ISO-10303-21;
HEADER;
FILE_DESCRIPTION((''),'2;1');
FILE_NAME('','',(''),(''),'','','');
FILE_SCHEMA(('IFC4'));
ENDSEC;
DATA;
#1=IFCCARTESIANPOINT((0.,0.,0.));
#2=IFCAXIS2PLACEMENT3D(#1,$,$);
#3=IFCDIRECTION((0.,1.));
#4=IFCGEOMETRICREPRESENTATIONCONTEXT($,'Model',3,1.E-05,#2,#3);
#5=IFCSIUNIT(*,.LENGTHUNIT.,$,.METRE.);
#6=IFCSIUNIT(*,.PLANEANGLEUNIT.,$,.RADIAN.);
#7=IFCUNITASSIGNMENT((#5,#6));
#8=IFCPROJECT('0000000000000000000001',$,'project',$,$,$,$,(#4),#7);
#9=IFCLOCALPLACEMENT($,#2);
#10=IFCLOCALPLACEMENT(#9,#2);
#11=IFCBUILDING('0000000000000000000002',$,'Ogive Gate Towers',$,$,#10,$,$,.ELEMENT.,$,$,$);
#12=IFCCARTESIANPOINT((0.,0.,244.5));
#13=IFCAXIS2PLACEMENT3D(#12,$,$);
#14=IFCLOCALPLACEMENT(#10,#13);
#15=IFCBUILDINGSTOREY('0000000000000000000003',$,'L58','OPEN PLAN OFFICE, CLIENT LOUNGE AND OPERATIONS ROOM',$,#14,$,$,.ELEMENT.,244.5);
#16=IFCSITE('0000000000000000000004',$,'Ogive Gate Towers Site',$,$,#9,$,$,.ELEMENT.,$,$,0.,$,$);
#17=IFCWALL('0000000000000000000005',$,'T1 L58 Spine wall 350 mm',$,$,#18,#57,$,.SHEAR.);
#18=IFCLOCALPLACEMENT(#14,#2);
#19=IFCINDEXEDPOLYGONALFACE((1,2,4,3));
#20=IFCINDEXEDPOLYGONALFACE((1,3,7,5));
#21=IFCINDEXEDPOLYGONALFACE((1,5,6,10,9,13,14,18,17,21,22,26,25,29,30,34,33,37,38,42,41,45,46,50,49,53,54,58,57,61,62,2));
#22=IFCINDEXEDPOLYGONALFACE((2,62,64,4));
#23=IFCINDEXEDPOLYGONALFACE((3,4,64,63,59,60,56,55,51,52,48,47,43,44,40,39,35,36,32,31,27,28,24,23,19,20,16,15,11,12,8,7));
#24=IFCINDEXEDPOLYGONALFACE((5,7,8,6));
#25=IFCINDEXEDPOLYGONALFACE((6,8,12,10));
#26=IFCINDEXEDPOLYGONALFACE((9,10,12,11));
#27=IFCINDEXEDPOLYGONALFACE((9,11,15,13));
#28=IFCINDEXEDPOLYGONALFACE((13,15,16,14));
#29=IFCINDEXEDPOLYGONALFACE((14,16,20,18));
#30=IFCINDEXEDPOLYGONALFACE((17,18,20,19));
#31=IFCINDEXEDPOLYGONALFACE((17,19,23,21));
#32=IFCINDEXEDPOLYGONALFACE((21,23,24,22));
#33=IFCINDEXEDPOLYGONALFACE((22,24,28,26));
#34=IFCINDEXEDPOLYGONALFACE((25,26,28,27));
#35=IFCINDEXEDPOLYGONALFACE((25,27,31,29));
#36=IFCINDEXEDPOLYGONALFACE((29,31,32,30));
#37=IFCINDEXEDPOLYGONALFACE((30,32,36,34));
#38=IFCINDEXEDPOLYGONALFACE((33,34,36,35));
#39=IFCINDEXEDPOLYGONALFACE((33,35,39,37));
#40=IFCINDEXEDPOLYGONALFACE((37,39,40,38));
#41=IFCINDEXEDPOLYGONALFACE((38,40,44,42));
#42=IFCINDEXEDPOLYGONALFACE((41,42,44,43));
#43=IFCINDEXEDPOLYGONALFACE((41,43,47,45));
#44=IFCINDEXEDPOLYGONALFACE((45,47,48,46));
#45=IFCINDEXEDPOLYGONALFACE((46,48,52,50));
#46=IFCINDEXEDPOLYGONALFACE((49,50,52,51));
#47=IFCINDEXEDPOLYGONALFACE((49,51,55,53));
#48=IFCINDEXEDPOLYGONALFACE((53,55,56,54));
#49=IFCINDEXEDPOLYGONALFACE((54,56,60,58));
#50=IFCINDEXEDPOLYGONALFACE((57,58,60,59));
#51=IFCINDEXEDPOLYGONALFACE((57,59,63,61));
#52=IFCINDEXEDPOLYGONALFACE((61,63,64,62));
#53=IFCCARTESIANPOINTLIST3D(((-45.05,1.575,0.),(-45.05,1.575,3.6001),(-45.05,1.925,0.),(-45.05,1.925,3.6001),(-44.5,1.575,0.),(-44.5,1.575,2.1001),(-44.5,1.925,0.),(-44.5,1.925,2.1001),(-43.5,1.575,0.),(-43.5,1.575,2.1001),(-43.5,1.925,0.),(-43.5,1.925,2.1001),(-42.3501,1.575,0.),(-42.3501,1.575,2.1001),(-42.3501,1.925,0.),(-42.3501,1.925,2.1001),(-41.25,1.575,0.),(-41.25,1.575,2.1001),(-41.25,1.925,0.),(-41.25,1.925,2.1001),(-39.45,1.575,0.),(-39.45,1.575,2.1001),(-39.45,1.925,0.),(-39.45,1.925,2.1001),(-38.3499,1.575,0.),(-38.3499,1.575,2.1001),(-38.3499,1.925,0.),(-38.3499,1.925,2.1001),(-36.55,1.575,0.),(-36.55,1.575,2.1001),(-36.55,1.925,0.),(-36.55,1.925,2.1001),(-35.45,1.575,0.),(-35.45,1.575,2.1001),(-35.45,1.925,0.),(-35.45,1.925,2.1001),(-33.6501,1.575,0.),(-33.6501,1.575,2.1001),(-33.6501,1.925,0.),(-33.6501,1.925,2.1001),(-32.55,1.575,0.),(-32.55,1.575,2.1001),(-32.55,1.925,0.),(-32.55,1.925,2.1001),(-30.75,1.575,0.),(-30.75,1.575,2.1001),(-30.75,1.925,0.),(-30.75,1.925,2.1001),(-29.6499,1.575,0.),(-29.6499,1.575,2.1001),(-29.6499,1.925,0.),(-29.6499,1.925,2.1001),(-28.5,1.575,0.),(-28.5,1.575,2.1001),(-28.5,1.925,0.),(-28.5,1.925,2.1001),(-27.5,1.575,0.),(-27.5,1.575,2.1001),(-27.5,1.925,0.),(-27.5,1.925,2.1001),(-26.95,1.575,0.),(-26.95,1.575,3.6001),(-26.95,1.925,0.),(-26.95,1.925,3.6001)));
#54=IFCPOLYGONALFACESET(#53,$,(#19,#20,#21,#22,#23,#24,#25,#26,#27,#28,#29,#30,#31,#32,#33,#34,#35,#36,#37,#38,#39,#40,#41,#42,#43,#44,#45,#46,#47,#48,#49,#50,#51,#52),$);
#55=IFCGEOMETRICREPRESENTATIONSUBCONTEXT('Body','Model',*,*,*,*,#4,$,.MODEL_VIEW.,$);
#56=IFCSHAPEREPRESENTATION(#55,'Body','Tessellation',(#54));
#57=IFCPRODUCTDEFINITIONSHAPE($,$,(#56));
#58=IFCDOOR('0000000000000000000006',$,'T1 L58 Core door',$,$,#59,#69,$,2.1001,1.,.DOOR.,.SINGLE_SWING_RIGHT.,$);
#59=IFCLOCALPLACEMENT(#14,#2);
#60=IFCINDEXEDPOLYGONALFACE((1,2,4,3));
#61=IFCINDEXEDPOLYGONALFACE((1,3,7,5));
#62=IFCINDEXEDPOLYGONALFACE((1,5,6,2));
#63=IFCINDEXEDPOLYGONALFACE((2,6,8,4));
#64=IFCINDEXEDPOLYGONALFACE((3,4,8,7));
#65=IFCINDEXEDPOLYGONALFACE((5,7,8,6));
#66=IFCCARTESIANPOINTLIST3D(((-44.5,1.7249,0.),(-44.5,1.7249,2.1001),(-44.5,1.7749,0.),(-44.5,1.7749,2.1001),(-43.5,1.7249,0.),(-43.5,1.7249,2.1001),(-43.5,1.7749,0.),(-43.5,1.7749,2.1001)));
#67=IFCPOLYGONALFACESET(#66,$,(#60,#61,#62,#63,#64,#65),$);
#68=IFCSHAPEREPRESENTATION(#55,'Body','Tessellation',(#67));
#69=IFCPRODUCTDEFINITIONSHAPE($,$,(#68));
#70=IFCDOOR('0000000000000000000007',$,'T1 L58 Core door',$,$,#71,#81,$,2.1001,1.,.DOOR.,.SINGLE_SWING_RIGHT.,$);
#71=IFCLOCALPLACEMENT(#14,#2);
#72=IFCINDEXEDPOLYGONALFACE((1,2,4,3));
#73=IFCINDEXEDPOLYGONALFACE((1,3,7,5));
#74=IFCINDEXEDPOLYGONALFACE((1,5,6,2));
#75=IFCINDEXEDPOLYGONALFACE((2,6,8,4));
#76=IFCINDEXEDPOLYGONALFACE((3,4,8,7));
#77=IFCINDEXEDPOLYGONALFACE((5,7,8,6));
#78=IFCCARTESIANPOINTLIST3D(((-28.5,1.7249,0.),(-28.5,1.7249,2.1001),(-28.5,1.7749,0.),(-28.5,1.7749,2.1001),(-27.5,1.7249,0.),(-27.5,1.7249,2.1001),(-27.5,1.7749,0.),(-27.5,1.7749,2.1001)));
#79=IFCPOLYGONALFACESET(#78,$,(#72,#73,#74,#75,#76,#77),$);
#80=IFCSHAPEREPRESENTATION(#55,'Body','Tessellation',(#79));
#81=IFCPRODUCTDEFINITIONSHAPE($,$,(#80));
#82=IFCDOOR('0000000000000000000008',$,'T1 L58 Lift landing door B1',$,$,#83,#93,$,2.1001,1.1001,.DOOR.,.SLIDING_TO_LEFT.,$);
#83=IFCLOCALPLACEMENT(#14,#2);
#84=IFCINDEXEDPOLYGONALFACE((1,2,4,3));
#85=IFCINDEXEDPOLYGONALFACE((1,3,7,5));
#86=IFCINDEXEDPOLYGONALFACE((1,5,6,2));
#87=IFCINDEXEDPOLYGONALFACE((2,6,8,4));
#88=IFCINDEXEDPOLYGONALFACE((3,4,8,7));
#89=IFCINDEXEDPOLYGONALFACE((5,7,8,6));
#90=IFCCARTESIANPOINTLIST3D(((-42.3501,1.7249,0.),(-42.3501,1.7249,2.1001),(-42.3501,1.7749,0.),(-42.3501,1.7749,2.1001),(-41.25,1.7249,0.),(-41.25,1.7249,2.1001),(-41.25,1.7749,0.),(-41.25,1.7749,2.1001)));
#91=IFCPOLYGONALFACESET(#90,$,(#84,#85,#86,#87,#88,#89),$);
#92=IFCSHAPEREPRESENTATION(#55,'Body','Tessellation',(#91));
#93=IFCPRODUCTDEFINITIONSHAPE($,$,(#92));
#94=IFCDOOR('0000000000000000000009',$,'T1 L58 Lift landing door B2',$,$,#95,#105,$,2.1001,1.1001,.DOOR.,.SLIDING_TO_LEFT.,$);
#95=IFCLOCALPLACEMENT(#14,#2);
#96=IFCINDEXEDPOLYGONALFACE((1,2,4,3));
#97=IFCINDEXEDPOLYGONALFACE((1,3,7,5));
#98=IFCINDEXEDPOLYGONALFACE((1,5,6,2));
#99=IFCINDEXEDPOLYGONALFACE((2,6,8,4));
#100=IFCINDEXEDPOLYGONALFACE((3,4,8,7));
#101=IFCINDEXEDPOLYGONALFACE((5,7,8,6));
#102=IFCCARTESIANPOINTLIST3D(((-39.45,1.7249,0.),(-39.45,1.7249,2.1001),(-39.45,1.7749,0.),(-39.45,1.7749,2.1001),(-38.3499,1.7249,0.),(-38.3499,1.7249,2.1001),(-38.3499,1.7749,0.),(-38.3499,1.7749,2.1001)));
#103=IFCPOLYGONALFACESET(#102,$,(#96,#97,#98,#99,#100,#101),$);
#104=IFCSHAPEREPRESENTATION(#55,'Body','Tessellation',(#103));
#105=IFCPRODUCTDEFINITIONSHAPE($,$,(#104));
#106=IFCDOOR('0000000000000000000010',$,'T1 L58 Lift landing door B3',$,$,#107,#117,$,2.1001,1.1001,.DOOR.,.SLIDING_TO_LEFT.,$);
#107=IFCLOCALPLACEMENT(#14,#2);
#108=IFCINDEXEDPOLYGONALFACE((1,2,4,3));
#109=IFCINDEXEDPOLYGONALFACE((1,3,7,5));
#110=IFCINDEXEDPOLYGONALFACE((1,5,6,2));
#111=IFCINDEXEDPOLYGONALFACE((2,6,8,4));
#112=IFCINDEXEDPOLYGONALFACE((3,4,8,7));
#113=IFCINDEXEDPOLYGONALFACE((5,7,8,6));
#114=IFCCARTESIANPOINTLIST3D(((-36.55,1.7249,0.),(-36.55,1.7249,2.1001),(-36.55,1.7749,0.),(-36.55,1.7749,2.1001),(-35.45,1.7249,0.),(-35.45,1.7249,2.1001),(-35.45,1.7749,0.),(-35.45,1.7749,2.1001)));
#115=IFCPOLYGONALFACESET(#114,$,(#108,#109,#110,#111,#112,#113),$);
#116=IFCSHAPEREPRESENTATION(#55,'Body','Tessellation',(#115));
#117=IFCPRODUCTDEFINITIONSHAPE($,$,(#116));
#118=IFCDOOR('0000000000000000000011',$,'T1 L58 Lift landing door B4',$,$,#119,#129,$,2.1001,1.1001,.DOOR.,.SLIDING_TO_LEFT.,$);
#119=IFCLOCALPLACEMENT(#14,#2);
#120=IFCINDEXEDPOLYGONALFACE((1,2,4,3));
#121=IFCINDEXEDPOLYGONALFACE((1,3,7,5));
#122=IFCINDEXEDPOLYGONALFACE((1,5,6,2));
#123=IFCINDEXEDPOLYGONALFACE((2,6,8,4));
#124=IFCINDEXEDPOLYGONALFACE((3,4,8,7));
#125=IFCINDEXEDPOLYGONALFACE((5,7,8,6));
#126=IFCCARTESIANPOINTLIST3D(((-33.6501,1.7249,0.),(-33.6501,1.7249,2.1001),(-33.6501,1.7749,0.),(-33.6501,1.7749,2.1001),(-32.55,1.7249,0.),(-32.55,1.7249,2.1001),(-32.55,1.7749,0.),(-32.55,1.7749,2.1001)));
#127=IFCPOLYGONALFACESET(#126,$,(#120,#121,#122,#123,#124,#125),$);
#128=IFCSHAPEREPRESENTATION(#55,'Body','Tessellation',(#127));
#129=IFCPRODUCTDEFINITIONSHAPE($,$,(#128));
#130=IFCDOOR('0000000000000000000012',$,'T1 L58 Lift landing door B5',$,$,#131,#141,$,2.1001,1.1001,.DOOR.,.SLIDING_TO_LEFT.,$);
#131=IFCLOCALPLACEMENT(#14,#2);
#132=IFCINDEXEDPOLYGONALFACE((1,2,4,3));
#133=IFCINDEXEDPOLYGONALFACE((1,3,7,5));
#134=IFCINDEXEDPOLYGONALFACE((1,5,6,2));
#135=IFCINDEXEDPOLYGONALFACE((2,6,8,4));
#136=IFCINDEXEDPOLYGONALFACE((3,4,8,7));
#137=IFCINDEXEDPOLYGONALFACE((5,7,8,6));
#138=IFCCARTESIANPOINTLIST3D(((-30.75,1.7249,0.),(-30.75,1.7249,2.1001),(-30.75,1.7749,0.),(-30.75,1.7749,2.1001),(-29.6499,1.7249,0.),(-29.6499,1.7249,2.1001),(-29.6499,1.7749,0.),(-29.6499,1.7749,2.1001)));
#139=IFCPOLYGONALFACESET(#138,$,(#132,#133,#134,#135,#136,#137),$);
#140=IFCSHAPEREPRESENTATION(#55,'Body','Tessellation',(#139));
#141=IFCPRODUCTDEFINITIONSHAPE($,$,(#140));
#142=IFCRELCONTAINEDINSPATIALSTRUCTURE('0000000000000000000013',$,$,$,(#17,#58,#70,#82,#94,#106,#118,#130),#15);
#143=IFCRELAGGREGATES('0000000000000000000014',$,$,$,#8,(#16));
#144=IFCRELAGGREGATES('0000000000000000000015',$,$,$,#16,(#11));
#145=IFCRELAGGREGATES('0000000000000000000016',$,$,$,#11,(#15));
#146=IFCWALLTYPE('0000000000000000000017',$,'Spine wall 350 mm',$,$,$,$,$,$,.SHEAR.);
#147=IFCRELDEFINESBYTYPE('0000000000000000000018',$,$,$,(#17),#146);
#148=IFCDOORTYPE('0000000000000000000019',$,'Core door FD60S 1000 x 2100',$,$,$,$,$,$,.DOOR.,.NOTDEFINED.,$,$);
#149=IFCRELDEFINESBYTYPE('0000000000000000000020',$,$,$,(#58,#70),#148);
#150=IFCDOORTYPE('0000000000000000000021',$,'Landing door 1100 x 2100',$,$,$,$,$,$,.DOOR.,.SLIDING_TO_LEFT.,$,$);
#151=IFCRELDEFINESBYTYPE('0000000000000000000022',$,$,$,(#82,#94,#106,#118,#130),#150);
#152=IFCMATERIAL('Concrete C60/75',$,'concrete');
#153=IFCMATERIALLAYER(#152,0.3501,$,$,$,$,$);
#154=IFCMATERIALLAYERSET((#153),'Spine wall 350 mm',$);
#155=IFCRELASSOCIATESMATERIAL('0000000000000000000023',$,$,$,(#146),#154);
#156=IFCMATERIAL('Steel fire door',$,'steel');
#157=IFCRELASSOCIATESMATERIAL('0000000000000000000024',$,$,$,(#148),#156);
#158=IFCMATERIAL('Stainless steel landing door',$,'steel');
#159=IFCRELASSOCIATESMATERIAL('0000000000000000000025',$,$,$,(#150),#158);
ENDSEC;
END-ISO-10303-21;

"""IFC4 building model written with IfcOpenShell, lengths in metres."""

from ifc_helpers import new_model, si_unit, direction, frame, frame_2d, origin, place, context, subcontext, project, spatial, rectangle, extrude, material, layer, layer_set, type_object, element, fill, save


model = new_model("IFC4")

# Units and contexts
model_context = context("Model", 3, precision=1e-05, world=origin(), true_north=direction((0.0, 1.0)))
body_context = subcontext(model_context, "Body", "Model", "MODEL_VIEW")
ifc_project = project(units=[si_unit("LENGTHUNIT", "METRE"), si_unit("PLANEANGLEUNIT", "RADIAN")], contexts=[model_context])

# Site, building, storey
site_placement = place(None, origin())
site = spatial("IfcSite", under=ifc_project, at=site_placement, Name="Ogive Gate Towers Site", CompositionType="ELEMENT", RefElevation=0.0)
building_placement = place(site_placement, origin())
building = spatial("IfcBuilding", under=site, at=building_placement, Name="Ogive Gate Towers", CompositionType="ELEMENT")
storey_placement = place(building_placement, frame((0.0, 0.0, 244.5)))
storey = spatial("IfcBuildingStorey", under=building, at=storey_placement, Name="L58", Description="OPEN PLAN OFFICE, CLIENT LOUNGE AND OPERATIONS ROOM", CompositionType="ELEMENT", Elevation=244.5)

# Shared definitions
ifc_material_1 = material(Name="Concrete C60/75", Category="concrete")

# Shared definitions
ifc_material_2 = material(Name="Stainless steel landing door", Category="steel")

# Wall, openings, doors
ifc_layer_1 = layer(ifc_material_1, 0.3501)
ifc_layer_set_1 = layer_set([ifc_layer_1], Name="Spine wall 350 mm")
wall_type_1 = type_object("IfcWallType", Name="Spine wall 350 mm", PredefinedType="SHEAR", material=ifc_layer_set_1)
ifc_material_3 = material(Name="Steel fire door", Category="steel")
door_type_1 = type_object("IfcDoorType", Name="Core door FD60S 1000 x 2100", OperationType="NOTDEFINED", PredefinedType="DOOR", material=ifc_material_3)
door_type_2 = type_object("IfcDoorType", Name="Landing door 1100 x 2100", OperationType="SLIDING_TO_LEFT", PredefinedType="DOOR", material=ifc_material_2)
wall_1_placement = place(storey_placement, frame((-45.05, 1.75, 0.0), z_axis=(0.0, 0.0, 1.0), x_axis=(1.0, 0.0, 0.0)))
wall_1 = element("IfcWall", 1, at=wall_1_placement, inside=storey, type_object=wall_type_1, Name="T1 L58 Spine wall 350 mm", PredefinedType="SHEAR", context=body_context, shape_type="SweptSolid", body=[
    extrude(rectangle(XDim=18.1001, YDim=0.3501, at=frame_2d((9.05, 0.0))), origin(), (0.0, 0.0, 1.0), 3.6001),
])
opening_1_placement = place(wall_1_placement, frame((0.55, 0.0, 0.0)))
opening_1 = element("IfcOpeningElement", 2, at=opening_1_placement, cuts=wall_1, PredefinedType="OPENING", context=body_context, shape_type="SweptSolid", body=[
    extrude(rectangle(XDim=1.0, YDim=2.1001, at=frame_2d((0.5, 1.05))), frame((0.0, 0.1851, 0.0), z_axis=(0.0, -1.0, 0.0), x_axis=(1.0, 0.0, 0.0)), (0.0, 0.0, 1.0), 0.3701),
])
opening_2_placement = place(wall_1_placement, frame((2.7, 0.0, 0.0)))
opening_2 = element("IfcOpeningElement", 3, at=opening_2_placement, cuts=wall_1, PredefinedType="OPENING", context=body_context, shape_type="SweptSolid", body=[
    extrude(rectangle(XDim=1.1001, YDim=2.1001, at=frame_2d((0.55, 1.05))), frame((0.0, 0.1851, 0.0), z_axis=(0.0, -1.0, 0.0), x_axis=(1.0, 0.0, 0.0)), (0.0, 0.0, 1.0), 0.3701),
])
opening_3_placement = place(wall_1_placement, frame((5.6001, 0.0, 0.0)))
opening_3 = element("IfcOpeningElement", 4, at=opening_3_placement, cuts=wall_1, PredefinedType="OPENING", context=body_context, shape_type="SweptSolid", body=[
    extrude(rectangle(XDim=1.1001, YDim=2.1001, at=frame_2d((0.55, 1.05))), frame((0.0, 0.1851, 0.0), z_axis=(0.0, -1.0, 0.0), x_axis=(1.0, 0.0, 0.0)), (0.0, 0.0, 1.0), 0.3701),
])
opening_4_placement = place(wall_1_placement, frame((8.5, 0.0, 0.0)))
opening_4 = element("IfcOpeningElement", 5, at=opening_4_placement, cuts=wall_1, PredefinedType="OPENING", context=body_context, shape_type="SweptSolid", body=[
    extrude(rectangle(XDim=1.1001, YDim=2.1001, at=frame_2d((0.55, 1.05))), frame((0.0, 0.1851, 0.0), z_axis=(0.0, -1.0, 0.0), x_axis=(1.0, 0.0, 0.0)), (0.0, 0.0, 1.0), 0.3701),
])
opening_5_placement = place(wall_1_placement, frame((11.3999, 0.0, 0.0)))
opening_5 = element("IfcOpeningElement", 6, at=opening_5_placement, cuts=wall_1, PredefinedType="OPENING", context=body_context, shape_type="SweptSolid", body=[
    extrude(rectangle(XDim=1.1001, YDim=2.1001, at=frame_2d((0.55, 1.05))), frame((0.0, 0.1851, 0.0), z_axis=(0.0, -1.0, 0.0), x_axis=(1.0, 0.0, 0.0)), (0.0, 0.0, 1.0), 0.3701),
])
opening_6_placement = place(wall_1_placement, frame((14.3, 0.0, 0.0)))
opening_6 = element("IfcOpeningElement", 7, at=opening_6_placement, cuts=wall_1, PredefinedType="OPENING", context=body_context, shape_type="SweptSolid", body=[
    extrude(rectangle(XDim=1.1001, YDim=2.1001, at=frame_2d((0.55, 1.05))), frame((0.0, 0.1851, 0.0), z_axis=(0.0, -1.0, 0.0), x_axis=(1.0, 0.0, 0.0)), (0.0, 0.0, 1.0), 0.3701),
])
opening_7_placement = place(wall_1_placement, frame((16.55, 0.0, 0.0)))
opening_7 = element("IfcOpeningElement", 8, at=opening_7_placement, cuts=wall_1, PredefinedType="OPENING", context=body_context, shape_type="SweptSolid", body=[
    extrude(rectangle(XDim=1.0, YDim=2.1001, at=frame_2d((0.5, 1.05))), frame((0.0, 0.1851, 0.0), z_axis=(0.0, -1.0, 0.0), x_axis=(1.0, 0.0, 0.0)), (0.0, 0.0, 1.0), 0.3701),
])
door_1_placement = place(opening_1_placement, origin())
door_1 = element("IfcDoor", 9, at=door_1_placement, inside=storey, type_object=door_type_1, Name="T1 L58 Core door", OperationType="SINGLE_SWING_RIGHT", OverallHeight=2.1001, OverallWidth=1.0, PredefinedType="DOOR", context=body_context, shape_type="SweptSolid", body=[
    extrude(rectangle(XDim=1.0, YDim=2.1001, at=frame_2d((0.5, 1.05))), frame((0.0, 0.0249, 0.0), z_axis=(0.0, -1.0, 0.0), x_axis=(1.0, 0.0, 0.0)), (0.0, 0.0, 1.0), 0.05),
])
fill(opening_1, door_1)
door_2_placement = place(opening_7_placement, origin())
door_2 = element("IfcDoor", 10, at=door_2_placement, inside=storey, type_object=door_type_1, Name="T1 L58 Core door", OperationType="SINGLE_SWING_RIGHT", OverallHeight=2.1001, OverallWidth=1.0, PredefinedType="DOOR", context=body_context, shape_type="SweptSolid", body=[
    extrude(rectangle(XDim=1.0, YDim=2.1001, at=frame_2d((0.5, 1.05))), frame((0.0, 0.0249, 0.0), z_axis=(0.0, -1.0, 0.0), x_axis=(1.0, 0.0, 0.0)), (0.0, 0.0, 1.0), 0.05),
])
fill(opening_7, door_2)
door_3_placement = place(opening_2_placement, origin())
door_3 = element("IfcDoor", 11, at=door_3_placement, inside=storey, type_object=door_type_2, Name="T1 L58 Lift landing door B1", OperationType="SLIDING_TO_LEFT", OverallHeight=2.1001, OverallWidth=1.1001, PredefinedType="DOOR", context=body_context, shape_type="SweptSolid", body=[
    extrude(rectangle(XDim=1.1001, YDim=2.1001, at=frame_2d((0.55, 1.05))), frame((0.0, 0.0249, 0.0), z_axis=(0.0, -1.0, 0.0), x_axis=(1.0, 0.0, 0.0)), (0.0, 0.0, 1.0), 0.05),
])
fill(opening_2, door_3)
door_4_placement = place(opening_3_placement, origin())
door_4 = element("IfcDoor", 12, at=door_4_placement, inside=storey, type_object=door_type_2, Name="T1 L58 Lift landing door B2", OperationType="SLIDING_TO_LEFT", OverallHeight=2.1001, OverallWidth=1.1001, PredefinedType="DOOR", context=body_context, shape_type="SweptSolid", body=[
    extrude(rectangle(XDim=1.1001, YDim=2.1001, at=frame_2d((0.55, 1.05))), frame((0.0, 0.0249, 0.0), z_axis=(0.0, -1.0, 0.0), x_axis=(1.0, 0.0, 0.0)), (0.0, 0.0, 1.0), 0.05),
])
fill(opening_3, door_4)
door_5_placement = place(opening_4_placement, origin())
door_5 = element("IfcDoor", 13, at=door_5_placement, inside=storey, type_object=door_type_2, Name="T1 L58 Lift landing door B3", OperationType="SLIDING_TO_LEFT", OverallHeight=2.1001, OverallWidth=1.1001, PredefinedType="DOOR", context=body_context, shape_type="SweptSolid", body=[
    extrude(rectangle(XDim=1.1001, YDim=2.1001, at=frame_2d((0.55, 1.05))), frame((0.0, 0.0249, 0.0), z_axis=(0.0, -1.0, 0.0), x_axis=(1.0, 0.0, 0.0)), (0.0, 0.0, 1.0), 0.05),
])
fill(opening_4, door_5)
door_6_placement = place(opening_5_placement, origin())
door_6 = element("IfcDoor", 14, at=door_6_placement, inside=storey, type_object=door_type_2, Name="T1 L58 Lift landing door B4", OperationType="SLIDING_TO_LEFT", OverallHeight=2.1001, OverallWidth=1.1001, PredefinedType="DOOR", context=body_context, shape_type="SweptSolid", body=[
    extrude(rectangle(XDim=1.1001, YDim=2.1001, at=frame_2d((0.55, 1.05))), frame((0.0, 0.0249, 0.0), z_axis=(0.0, -1.0, 0.0), x_axis=(1.0, 0.0, 0.0)), (0.0, 0.0, 1.0), 0.05),
])
fill(opening_5, door_6)
door_7_placement = place(opening_6_placement, origin())
door_7 = element("IfcDoor", 15, at=door_7_placement, inside=storey, type_object=door_type_2, Name="T1 L58 Lift landing door B5", OperationType="SLIDING_TO_LEFT", OverallHeight=2.1001, OverallWidth=1.1001, PredefinedType="DOOR", context=body_context, shape_type="SweptSolid", body=[
    extrude(rectangle(XDim=1.1001, YDim=2.1001, at=frame_2d((0.55, 1.05))), frame((0.0, 0.0249, 0.0), z_axis=(0.0, -1.0, 0.0), x_axis=(1.0, 0.0, 0.0)), (0.0, 0.0, 1.0), 0.05),
])
fill(opening_6, door_7)

save(model, "model.ifc")
